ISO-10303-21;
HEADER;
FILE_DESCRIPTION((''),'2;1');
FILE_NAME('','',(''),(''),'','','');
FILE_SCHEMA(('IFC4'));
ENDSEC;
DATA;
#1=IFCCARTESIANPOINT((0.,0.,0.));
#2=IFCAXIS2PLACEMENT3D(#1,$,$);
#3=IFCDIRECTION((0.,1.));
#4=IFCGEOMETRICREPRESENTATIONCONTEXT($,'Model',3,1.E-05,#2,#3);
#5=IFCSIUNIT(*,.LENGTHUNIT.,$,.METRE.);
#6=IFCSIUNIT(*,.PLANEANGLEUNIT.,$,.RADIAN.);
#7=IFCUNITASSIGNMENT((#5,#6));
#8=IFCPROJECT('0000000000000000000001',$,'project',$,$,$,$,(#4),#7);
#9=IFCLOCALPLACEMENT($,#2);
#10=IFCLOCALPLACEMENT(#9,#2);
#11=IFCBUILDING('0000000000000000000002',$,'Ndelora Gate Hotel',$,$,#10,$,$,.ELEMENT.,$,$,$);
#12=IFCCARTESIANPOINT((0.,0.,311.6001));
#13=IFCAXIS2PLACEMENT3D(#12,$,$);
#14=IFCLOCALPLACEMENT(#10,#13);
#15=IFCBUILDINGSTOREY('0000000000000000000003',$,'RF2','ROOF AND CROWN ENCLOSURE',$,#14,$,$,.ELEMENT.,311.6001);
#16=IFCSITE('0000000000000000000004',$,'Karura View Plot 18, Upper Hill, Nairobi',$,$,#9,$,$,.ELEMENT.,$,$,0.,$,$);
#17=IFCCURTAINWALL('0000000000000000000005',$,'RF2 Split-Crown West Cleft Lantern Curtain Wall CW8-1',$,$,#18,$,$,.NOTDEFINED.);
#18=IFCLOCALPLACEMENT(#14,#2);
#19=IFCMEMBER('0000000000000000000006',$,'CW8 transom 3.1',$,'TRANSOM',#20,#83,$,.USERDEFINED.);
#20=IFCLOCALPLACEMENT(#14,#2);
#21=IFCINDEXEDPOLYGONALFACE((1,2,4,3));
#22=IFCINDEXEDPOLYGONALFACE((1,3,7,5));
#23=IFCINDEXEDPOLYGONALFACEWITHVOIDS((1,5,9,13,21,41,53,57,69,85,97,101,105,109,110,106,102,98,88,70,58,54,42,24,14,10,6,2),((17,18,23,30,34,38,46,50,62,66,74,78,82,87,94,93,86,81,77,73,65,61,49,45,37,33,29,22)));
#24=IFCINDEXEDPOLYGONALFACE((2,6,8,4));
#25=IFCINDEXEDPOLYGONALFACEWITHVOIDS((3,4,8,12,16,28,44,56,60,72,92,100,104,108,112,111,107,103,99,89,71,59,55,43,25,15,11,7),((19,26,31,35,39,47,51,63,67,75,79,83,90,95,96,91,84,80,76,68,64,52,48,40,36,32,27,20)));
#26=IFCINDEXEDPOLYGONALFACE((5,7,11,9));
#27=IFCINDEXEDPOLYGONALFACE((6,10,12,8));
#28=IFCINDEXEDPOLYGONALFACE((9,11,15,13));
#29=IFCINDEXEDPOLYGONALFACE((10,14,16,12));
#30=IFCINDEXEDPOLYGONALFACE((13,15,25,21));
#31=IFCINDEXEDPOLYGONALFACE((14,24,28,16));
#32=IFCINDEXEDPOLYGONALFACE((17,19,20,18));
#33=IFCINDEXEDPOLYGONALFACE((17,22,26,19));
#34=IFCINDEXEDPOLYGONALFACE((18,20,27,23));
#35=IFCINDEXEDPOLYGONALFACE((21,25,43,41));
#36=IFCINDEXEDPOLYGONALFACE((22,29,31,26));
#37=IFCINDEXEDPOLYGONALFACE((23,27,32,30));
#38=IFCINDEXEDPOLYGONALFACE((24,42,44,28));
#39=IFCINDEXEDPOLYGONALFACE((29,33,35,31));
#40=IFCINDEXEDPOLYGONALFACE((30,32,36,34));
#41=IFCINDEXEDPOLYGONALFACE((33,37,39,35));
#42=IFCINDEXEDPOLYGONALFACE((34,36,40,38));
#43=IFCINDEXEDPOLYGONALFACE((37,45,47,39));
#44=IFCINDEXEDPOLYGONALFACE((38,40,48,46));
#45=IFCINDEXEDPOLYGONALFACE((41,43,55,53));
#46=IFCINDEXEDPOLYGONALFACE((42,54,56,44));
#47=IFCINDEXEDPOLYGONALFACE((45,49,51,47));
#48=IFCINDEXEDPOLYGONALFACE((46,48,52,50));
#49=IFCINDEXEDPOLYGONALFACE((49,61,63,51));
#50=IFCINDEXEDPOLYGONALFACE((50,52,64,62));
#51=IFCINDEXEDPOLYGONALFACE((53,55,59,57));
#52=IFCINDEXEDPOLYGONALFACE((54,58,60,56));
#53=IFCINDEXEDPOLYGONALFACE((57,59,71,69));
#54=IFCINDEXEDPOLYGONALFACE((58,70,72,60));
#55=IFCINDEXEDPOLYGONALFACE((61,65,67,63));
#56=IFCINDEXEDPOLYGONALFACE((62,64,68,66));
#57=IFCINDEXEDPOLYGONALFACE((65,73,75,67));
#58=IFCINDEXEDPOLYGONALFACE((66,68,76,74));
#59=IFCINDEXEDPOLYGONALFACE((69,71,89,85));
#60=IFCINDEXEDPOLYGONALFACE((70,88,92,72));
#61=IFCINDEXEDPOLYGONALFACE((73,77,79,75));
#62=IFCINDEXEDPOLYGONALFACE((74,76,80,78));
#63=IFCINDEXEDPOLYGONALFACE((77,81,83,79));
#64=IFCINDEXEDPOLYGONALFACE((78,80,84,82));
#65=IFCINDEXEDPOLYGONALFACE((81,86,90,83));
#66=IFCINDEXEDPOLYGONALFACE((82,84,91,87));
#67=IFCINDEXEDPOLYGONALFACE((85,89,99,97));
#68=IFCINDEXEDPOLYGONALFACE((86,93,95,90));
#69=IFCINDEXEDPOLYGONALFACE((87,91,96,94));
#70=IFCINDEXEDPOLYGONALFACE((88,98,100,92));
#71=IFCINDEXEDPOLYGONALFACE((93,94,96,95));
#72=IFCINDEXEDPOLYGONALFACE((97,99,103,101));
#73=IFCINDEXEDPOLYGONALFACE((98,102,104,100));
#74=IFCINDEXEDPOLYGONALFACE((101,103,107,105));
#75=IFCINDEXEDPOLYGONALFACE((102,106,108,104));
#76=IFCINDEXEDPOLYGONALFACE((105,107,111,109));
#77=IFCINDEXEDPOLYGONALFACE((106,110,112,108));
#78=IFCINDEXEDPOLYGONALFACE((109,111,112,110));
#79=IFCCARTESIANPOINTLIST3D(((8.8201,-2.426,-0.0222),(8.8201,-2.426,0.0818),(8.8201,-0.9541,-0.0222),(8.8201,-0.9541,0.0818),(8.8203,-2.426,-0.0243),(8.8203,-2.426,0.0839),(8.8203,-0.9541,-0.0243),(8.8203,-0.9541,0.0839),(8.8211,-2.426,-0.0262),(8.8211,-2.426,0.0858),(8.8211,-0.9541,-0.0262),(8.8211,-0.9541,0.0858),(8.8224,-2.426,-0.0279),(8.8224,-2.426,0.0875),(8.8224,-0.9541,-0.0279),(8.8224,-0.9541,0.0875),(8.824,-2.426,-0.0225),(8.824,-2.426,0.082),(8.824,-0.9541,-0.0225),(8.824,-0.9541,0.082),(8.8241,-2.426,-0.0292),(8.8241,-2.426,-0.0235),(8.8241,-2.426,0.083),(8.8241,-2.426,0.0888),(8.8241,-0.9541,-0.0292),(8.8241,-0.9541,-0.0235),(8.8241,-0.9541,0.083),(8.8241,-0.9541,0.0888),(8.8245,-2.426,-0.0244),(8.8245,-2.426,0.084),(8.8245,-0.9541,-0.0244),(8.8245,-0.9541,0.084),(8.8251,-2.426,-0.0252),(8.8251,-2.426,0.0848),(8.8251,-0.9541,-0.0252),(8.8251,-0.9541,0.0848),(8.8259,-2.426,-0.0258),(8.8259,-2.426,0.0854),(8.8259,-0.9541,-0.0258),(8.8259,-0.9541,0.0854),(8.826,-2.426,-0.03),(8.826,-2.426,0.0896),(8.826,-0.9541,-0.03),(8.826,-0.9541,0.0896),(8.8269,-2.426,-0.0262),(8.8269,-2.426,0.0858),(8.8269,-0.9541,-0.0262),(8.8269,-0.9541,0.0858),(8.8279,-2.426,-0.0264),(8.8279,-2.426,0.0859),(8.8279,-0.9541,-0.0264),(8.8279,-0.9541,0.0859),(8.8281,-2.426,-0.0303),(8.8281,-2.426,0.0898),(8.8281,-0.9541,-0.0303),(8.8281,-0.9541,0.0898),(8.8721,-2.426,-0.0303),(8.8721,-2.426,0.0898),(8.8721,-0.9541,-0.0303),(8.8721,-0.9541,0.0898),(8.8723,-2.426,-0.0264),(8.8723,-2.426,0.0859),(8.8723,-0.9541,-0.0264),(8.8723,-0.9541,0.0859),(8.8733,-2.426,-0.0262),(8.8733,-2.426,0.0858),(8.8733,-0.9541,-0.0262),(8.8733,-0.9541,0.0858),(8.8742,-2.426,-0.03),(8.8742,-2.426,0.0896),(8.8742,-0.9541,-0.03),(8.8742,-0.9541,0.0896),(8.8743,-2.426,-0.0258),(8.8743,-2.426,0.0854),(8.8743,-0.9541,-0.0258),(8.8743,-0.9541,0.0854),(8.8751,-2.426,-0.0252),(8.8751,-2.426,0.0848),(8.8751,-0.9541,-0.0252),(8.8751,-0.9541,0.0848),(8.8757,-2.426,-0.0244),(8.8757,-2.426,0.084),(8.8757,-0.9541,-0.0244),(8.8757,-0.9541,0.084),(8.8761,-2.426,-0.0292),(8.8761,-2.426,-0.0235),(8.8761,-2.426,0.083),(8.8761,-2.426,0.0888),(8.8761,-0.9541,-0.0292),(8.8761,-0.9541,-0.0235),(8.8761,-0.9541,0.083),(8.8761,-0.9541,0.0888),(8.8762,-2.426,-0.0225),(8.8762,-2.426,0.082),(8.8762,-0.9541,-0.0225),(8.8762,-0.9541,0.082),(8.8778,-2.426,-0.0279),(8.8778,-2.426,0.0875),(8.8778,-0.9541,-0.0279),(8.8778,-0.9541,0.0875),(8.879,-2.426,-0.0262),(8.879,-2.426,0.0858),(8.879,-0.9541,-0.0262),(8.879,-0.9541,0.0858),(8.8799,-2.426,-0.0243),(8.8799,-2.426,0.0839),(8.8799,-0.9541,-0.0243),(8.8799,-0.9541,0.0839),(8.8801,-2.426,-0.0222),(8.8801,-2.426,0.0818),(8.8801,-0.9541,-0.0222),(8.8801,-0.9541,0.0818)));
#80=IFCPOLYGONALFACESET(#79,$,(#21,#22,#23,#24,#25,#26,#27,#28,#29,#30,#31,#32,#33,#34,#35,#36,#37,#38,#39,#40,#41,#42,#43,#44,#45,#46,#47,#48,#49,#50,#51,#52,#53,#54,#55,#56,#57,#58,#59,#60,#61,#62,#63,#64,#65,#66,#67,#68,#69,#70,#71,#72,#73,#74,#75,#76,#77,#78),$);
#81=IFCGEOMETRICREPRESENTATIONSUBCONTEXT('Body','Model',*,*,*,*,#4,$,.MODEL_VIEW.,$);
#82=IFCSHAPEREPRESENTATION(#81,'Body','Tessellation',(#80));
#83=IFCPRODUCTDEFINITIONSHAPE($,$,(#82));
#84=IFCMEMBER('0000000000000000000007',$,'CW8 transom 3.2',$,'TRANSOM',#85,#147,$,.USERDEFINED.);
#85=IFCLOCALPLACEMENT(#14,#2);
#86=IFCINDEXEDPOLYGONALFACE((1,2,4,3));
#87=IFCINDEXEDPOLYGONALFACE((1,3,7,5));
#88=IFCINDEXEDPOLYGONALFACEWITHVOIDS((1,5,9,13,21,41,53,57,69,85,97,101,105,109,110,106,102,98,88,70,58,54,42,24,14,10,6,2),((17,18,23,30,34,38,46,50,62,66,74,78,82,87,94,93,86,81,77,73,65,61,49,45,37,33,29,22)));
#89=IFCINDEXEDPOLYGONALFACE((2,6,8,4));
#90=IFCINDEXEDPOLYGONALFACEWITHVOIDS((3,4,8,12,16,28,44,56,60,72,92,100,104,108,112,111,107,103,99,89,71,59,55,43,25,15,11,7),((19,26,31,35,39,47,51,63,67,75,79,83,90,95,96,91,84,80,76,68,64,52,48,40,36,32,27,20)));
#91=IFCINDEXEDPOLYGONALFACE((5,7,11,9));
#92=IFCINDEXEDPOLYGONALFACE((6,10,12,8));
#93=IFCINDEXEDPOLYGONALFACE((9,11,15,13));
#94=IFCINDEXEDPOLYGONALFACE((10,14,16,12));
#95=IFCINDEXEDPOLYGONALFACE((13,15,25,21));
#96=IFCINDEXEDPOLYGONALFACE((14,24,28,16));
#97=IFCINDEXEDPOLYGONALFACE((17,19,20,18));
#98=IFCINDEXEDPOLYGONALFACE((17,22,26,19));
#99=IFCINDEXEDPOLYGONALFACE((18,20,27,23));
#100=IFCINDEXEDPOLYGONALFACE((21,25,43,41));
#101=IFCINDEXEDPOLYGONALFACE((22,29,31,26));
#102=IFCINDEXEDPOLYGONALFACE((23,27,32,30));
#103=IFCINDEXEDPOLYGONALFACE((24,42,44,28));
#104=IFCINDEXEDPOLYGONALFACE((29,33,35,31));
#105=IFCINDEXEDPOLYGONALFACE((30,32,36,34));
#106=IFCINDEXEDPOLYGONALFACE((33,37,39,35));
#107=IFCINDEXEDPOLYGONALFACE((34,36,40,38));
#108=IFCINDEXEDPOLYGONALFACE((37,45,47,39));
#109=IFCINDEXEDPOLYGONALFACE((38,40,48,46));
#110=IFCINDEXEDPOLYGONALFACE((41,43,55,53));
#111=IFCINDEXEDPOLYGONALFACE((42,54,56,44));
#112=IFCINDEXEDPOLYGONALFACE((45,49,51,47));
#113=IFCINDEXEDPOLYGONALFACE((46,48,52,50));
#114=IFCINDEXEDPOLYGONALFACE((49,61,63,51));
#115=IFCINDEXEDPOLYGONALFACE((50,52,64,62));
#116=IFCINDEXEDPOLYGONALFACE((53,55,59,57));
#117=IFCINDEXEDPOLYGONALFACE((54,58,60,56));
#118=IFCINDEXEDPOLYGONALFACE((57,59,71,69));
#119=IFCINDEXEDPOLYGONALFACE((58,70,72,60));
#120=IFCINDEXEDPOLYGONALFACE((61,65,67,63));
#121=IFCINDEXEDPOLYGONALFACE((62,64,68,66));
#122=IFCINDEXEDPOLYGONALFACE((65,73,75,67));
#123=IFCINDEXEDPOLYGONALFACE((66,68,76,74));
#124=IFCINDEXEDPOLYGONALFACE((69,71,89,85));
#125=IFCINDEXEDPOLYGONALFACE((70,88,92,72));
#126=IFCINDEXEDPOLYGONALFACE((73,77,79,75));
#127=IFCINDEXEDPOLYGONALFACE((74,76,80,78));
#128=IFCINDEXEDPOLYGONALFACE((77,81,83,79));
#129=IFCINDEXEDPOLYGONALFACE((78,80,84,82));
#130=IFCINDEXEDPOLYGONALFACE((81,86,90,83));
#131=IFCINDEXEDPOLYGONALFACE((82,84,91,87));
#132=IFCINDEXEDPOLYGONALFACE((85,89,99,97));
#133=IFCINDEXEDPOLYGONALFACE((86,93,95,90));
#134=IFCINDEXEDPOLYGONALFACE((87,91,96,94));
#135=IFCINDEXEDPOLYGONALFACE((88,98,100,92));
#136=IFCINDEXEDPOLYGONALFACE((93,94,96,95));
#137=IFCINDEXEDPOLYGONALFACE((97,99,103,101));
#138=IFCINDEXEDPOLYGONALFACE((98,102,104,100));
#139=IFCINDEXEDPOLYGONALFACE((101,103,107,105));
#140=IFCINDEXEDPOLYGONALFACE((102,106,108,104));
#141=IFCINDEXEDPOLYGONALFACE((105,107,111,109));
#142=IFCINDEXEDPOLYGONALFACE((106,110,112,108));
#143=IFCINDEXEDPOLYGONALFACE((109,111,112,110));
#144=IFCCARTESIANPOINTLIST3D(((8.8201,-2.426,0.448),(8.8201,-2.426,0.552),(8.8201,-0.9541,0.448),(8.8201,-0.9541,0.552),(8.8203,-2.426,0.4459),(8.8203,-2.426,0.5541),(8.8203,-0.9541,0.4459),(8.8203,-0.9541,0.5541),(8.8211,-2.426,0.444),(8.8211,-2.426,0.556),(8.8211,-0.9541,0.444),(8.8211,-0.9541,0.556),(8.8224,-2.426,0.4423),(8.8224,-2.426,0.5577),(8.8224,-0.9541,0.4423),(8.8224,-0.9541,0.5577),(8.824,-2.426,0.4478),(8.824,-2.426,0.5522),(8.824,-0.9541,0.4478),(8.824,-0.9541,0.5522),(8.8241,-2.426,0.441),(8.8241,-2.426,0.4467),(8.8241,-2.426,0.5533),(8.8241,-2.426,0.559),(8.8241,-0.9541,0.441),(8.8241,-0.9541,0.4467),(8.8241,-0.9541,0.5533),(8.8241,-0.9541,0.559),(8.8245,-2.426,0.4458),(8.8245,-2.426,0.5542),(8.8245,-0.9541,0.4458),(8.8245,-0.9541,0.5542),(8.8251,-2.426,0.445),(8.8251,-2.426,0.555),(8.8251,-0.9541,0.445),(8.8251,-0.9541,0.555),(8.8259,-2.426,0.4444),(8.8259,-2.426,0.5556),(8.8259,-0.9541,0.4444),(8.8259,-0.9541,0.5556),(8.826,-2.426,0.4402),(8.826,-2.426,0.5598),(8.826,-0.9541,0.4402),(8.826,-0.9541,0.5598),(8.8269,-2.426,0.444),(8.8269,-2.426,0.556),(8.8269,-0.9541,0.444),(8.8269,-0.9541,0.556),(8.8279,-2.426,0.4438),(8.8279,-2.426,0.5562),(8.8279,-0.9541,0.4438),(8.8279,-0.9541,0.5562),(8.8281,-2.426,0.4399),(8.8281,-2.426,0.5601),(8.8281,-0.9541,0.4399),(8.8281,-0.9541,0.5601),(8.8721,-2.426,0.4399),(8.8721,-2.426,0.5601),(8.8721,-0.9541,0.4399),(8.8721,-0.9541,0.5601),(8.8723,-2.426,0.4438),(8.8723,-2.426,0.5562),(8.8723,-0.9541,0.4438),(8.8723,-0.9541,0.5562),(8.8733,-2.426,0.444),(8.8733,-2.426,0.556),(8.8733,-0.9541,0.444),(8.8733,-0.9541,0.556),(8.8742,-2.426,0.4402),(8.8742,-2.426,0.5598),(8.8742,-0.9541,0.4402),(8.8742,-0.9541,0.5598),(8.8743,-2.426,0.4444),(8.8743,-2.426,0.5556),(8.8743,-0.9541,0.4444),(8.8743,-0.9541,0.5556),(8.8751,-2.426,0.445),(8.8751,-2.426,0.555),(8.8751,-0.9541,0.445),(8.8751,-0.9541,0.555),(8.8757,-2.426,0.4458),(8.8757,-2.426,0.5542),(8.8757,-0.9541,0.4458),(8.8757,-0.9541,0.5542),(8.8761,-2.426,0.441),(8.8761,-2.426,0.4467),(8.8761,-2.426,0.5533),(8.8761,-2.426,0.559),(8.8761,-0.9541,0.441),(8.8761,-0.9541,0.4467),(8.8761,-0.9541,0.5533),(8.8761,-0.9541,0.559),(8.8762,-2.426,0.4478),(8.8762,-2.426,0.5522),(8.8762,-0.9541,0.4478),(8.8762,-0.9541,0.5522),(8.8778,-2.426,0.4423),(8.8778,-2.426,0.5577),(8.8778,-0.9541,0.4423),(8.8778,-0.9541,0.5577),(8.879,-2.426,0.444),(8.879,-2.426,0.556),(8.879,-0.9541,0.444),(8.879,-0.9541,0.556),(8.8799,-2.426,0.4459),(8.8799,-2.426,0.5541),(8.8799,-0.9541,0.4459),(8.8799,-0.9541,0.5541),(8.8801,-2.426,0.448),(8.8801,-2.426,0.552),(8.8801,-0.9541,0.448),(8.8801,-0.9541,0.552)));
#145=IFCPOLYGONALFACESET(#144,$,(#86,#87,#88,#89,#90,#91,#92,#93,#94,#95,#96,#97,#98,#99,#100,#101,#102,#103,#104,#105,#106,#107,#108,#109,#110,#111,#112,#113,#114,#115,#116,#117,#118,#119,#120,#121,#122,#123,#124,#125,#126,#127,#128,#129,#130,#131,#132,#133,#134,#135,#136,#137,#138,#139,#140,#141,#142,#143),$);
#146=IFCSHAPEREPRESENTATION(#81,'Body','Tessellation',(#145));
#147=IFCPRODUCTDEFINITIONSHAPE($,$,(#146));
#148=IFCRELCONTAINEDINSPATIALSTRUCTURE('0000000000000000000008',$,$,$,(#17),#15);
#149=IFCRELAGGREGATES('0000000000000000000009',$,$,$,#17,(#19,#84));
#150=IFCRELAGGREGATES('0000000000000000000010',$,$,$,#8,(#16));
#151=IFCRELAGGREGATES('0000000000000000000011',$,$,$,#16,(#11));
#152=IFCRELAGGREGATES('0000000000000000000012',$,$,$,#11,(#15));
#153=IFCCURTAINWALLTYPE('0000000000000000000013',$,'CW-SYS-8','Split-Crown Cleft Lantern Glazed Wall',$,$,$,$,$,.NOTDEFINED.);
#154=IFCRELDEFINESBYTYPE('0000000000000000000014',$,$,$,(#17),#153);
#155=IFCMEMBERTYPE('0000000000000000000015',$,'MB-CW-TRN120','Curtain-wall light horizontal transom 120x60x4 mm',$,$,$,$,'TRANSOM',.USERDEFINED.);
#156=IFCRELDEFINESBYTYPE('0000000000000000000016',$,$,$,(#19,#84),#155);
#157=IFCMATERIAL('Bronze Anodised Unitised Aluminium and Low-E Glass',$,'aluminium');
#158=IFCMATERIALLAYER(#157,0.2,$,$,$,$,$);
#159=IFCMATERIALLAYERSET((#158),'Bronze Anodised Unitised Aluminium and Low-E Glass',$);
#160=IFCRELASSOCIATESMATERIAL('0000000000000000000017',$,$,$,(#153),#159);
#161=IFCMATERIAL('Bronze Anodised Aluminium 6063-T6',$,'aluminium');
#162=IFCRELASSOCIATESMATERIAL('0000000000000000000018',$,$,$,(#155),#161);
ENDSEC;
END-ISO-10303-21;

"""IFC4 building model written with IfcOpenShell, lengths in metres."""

from ifc_helpers import new_model, si_unit, direction, frame, origin, origin_2d, place, context, subcontext, project, spatial, hollow_rectangle, extrude, material, layer, layer_set, material_profile, profile_set, type_object, element, aggregate, save


model = new_model("IFC4")

# Units and contexts
model_context = context("Model", 3, precision=1e-05, world=origin(), true_north=direction((0.0, 1.0)))
body_context = subcontext(model_context, "Body", "Model", "MODEL_VIEW")
ifc_project = project(units=[si_unit("LENGTHUNIT", "METRE"), si_unit("PLANEANGLEUNIT", "RADIAN")], contexts=[model_context])

# Site, building, storey
site_placement = place(None, origin())
site = spatial("IfcSite", under=ifc_project, at=site_placement, Name="Karura View Plot 18, Upper Hill, Nairobi", CompositionType="ELEMENT", RefElevation=0.0)
building_placement = place(site_placement, origin())
building = spatial("IfcBuilding", under=site, at=building_placement, Name="Ndelora Gate Hotel", CompositionType="ELEMENT")
storey_placement = place(building_placement, frame((0.0, 0.0, 311.6001)))
storey = spatial("IfcBuildingStorey", under=building, at=storey_placement, Name="RF2", Description="ROOF AND CROWN ENCLOSURE", CompositionType="ELEMENT", Elevation=311.6001)

# Curtain wall, members
ifc_material_1 = material(Name="Bronze Anodised Unitised Aluminium and Low-E Glass", Category="aluminium")
ifc_layer_1 = layer(ifc_material_1, 0.2)
ifc_layer_set_1 = layer_set([ifc_layer_1], Name="Bronze Anodised Unitised Aluminium and Low-E Glass")
curtain_wall_type = type_object("IfcCurtainWallType", Name="CW-SYS-8", Description="Split-Crown Cleft Lantern Glazed Wall", PredefinedType="NOTDEFINED", material=ifc_layer_set_1)
curtain_wall_placement = place(storey_placement, origin())
curtain_wall = element("IfcCurtainWall", 1, at=curtain_wall_placement, inside=storey, type_object=curtain_wall_type, Name="RF2 Split-Crown West Cleft Lantern Curtain Wall CW8-1", PredefinedType="NOTDEFINED")
ifc_material_2 = material(Name="Bronze Anodised Aluminium 6063-T6", Category="aluminium")
ifc_material_profile_1 = material_profile(ifc_material_2, hollow_rectangle(XDim=0.0601, YDim=0.1201, WallThickness=0.0039, InnerFilletRadius=0.0039, OuterFilletRadius=0.0081, at=origin_2d()), Name="ALU 120x60x4")
ifc_profile_set_1 = profile_set([ifc_material_profile_1], Name="Bronze Anodised Aluminium 6063-T6")
member_type_1 = type_object("IfcMemberType", Name="MB-CW-TRN120", Description="Curtain-wall light horizontal transom 120x60x4 mm", ElementType="TRANSOM", PredefinedType="USERDEFINED", material=ifc_profile_set_1)
member_1_placement = place(storey_placement, frame((8.8501, -2.426, 0.0298), z_axis=(0.0, 1.0, 0.0), x_axis=(-1.0, 0.0, 0.0)))
member_1 = element("IfcMember", 2, at=member_1_placement, type_object=member_type_1, Name="CW8 transom 3.1", ObjectType="TRANSOM", PredefinedType="USERDEFINED", context=body_context, shape_type="SweptSolid", body=[
    extrude(hollow_rectangle(XDim=0.0601, YDim=0.1201, WallThickness=0.0039, InnerFilletRadius=0.0039, OuterFilletRadius=0.0081, at=origin_2d()), origin(), (0.0, 0.0, 1.0), 1.4719),
])
member_2_placement = place(storey_placement, frame((8.8501, -2.426, 0.5), z_axis=(0.0, 1.0, 0.0), x_axis=(-1.0, 0.0, 0.0)))
member_2 = element("IfcMember", 3, at=member_2_placement, type_object=member_type_1, Name="CW8 transom 3.2", ObjectType="TRANSOM", PredefinedType="USERDEFINED", context=body_context, shape_type="SweptSolid", body=[
    extrude(hollow_rectangle(XDim=0.0601, YDim=0.1201, WallThickness=0.0039, InnerFilletRadius=0.0039, OuterFilletRadius=0.0081, at=origin_2d()), origin(), (0.0, 0.0, 1.0), 1.4719),
])
aggregate(curtain_wall, [member_1, member_2])

save(model, "model.ifc")
